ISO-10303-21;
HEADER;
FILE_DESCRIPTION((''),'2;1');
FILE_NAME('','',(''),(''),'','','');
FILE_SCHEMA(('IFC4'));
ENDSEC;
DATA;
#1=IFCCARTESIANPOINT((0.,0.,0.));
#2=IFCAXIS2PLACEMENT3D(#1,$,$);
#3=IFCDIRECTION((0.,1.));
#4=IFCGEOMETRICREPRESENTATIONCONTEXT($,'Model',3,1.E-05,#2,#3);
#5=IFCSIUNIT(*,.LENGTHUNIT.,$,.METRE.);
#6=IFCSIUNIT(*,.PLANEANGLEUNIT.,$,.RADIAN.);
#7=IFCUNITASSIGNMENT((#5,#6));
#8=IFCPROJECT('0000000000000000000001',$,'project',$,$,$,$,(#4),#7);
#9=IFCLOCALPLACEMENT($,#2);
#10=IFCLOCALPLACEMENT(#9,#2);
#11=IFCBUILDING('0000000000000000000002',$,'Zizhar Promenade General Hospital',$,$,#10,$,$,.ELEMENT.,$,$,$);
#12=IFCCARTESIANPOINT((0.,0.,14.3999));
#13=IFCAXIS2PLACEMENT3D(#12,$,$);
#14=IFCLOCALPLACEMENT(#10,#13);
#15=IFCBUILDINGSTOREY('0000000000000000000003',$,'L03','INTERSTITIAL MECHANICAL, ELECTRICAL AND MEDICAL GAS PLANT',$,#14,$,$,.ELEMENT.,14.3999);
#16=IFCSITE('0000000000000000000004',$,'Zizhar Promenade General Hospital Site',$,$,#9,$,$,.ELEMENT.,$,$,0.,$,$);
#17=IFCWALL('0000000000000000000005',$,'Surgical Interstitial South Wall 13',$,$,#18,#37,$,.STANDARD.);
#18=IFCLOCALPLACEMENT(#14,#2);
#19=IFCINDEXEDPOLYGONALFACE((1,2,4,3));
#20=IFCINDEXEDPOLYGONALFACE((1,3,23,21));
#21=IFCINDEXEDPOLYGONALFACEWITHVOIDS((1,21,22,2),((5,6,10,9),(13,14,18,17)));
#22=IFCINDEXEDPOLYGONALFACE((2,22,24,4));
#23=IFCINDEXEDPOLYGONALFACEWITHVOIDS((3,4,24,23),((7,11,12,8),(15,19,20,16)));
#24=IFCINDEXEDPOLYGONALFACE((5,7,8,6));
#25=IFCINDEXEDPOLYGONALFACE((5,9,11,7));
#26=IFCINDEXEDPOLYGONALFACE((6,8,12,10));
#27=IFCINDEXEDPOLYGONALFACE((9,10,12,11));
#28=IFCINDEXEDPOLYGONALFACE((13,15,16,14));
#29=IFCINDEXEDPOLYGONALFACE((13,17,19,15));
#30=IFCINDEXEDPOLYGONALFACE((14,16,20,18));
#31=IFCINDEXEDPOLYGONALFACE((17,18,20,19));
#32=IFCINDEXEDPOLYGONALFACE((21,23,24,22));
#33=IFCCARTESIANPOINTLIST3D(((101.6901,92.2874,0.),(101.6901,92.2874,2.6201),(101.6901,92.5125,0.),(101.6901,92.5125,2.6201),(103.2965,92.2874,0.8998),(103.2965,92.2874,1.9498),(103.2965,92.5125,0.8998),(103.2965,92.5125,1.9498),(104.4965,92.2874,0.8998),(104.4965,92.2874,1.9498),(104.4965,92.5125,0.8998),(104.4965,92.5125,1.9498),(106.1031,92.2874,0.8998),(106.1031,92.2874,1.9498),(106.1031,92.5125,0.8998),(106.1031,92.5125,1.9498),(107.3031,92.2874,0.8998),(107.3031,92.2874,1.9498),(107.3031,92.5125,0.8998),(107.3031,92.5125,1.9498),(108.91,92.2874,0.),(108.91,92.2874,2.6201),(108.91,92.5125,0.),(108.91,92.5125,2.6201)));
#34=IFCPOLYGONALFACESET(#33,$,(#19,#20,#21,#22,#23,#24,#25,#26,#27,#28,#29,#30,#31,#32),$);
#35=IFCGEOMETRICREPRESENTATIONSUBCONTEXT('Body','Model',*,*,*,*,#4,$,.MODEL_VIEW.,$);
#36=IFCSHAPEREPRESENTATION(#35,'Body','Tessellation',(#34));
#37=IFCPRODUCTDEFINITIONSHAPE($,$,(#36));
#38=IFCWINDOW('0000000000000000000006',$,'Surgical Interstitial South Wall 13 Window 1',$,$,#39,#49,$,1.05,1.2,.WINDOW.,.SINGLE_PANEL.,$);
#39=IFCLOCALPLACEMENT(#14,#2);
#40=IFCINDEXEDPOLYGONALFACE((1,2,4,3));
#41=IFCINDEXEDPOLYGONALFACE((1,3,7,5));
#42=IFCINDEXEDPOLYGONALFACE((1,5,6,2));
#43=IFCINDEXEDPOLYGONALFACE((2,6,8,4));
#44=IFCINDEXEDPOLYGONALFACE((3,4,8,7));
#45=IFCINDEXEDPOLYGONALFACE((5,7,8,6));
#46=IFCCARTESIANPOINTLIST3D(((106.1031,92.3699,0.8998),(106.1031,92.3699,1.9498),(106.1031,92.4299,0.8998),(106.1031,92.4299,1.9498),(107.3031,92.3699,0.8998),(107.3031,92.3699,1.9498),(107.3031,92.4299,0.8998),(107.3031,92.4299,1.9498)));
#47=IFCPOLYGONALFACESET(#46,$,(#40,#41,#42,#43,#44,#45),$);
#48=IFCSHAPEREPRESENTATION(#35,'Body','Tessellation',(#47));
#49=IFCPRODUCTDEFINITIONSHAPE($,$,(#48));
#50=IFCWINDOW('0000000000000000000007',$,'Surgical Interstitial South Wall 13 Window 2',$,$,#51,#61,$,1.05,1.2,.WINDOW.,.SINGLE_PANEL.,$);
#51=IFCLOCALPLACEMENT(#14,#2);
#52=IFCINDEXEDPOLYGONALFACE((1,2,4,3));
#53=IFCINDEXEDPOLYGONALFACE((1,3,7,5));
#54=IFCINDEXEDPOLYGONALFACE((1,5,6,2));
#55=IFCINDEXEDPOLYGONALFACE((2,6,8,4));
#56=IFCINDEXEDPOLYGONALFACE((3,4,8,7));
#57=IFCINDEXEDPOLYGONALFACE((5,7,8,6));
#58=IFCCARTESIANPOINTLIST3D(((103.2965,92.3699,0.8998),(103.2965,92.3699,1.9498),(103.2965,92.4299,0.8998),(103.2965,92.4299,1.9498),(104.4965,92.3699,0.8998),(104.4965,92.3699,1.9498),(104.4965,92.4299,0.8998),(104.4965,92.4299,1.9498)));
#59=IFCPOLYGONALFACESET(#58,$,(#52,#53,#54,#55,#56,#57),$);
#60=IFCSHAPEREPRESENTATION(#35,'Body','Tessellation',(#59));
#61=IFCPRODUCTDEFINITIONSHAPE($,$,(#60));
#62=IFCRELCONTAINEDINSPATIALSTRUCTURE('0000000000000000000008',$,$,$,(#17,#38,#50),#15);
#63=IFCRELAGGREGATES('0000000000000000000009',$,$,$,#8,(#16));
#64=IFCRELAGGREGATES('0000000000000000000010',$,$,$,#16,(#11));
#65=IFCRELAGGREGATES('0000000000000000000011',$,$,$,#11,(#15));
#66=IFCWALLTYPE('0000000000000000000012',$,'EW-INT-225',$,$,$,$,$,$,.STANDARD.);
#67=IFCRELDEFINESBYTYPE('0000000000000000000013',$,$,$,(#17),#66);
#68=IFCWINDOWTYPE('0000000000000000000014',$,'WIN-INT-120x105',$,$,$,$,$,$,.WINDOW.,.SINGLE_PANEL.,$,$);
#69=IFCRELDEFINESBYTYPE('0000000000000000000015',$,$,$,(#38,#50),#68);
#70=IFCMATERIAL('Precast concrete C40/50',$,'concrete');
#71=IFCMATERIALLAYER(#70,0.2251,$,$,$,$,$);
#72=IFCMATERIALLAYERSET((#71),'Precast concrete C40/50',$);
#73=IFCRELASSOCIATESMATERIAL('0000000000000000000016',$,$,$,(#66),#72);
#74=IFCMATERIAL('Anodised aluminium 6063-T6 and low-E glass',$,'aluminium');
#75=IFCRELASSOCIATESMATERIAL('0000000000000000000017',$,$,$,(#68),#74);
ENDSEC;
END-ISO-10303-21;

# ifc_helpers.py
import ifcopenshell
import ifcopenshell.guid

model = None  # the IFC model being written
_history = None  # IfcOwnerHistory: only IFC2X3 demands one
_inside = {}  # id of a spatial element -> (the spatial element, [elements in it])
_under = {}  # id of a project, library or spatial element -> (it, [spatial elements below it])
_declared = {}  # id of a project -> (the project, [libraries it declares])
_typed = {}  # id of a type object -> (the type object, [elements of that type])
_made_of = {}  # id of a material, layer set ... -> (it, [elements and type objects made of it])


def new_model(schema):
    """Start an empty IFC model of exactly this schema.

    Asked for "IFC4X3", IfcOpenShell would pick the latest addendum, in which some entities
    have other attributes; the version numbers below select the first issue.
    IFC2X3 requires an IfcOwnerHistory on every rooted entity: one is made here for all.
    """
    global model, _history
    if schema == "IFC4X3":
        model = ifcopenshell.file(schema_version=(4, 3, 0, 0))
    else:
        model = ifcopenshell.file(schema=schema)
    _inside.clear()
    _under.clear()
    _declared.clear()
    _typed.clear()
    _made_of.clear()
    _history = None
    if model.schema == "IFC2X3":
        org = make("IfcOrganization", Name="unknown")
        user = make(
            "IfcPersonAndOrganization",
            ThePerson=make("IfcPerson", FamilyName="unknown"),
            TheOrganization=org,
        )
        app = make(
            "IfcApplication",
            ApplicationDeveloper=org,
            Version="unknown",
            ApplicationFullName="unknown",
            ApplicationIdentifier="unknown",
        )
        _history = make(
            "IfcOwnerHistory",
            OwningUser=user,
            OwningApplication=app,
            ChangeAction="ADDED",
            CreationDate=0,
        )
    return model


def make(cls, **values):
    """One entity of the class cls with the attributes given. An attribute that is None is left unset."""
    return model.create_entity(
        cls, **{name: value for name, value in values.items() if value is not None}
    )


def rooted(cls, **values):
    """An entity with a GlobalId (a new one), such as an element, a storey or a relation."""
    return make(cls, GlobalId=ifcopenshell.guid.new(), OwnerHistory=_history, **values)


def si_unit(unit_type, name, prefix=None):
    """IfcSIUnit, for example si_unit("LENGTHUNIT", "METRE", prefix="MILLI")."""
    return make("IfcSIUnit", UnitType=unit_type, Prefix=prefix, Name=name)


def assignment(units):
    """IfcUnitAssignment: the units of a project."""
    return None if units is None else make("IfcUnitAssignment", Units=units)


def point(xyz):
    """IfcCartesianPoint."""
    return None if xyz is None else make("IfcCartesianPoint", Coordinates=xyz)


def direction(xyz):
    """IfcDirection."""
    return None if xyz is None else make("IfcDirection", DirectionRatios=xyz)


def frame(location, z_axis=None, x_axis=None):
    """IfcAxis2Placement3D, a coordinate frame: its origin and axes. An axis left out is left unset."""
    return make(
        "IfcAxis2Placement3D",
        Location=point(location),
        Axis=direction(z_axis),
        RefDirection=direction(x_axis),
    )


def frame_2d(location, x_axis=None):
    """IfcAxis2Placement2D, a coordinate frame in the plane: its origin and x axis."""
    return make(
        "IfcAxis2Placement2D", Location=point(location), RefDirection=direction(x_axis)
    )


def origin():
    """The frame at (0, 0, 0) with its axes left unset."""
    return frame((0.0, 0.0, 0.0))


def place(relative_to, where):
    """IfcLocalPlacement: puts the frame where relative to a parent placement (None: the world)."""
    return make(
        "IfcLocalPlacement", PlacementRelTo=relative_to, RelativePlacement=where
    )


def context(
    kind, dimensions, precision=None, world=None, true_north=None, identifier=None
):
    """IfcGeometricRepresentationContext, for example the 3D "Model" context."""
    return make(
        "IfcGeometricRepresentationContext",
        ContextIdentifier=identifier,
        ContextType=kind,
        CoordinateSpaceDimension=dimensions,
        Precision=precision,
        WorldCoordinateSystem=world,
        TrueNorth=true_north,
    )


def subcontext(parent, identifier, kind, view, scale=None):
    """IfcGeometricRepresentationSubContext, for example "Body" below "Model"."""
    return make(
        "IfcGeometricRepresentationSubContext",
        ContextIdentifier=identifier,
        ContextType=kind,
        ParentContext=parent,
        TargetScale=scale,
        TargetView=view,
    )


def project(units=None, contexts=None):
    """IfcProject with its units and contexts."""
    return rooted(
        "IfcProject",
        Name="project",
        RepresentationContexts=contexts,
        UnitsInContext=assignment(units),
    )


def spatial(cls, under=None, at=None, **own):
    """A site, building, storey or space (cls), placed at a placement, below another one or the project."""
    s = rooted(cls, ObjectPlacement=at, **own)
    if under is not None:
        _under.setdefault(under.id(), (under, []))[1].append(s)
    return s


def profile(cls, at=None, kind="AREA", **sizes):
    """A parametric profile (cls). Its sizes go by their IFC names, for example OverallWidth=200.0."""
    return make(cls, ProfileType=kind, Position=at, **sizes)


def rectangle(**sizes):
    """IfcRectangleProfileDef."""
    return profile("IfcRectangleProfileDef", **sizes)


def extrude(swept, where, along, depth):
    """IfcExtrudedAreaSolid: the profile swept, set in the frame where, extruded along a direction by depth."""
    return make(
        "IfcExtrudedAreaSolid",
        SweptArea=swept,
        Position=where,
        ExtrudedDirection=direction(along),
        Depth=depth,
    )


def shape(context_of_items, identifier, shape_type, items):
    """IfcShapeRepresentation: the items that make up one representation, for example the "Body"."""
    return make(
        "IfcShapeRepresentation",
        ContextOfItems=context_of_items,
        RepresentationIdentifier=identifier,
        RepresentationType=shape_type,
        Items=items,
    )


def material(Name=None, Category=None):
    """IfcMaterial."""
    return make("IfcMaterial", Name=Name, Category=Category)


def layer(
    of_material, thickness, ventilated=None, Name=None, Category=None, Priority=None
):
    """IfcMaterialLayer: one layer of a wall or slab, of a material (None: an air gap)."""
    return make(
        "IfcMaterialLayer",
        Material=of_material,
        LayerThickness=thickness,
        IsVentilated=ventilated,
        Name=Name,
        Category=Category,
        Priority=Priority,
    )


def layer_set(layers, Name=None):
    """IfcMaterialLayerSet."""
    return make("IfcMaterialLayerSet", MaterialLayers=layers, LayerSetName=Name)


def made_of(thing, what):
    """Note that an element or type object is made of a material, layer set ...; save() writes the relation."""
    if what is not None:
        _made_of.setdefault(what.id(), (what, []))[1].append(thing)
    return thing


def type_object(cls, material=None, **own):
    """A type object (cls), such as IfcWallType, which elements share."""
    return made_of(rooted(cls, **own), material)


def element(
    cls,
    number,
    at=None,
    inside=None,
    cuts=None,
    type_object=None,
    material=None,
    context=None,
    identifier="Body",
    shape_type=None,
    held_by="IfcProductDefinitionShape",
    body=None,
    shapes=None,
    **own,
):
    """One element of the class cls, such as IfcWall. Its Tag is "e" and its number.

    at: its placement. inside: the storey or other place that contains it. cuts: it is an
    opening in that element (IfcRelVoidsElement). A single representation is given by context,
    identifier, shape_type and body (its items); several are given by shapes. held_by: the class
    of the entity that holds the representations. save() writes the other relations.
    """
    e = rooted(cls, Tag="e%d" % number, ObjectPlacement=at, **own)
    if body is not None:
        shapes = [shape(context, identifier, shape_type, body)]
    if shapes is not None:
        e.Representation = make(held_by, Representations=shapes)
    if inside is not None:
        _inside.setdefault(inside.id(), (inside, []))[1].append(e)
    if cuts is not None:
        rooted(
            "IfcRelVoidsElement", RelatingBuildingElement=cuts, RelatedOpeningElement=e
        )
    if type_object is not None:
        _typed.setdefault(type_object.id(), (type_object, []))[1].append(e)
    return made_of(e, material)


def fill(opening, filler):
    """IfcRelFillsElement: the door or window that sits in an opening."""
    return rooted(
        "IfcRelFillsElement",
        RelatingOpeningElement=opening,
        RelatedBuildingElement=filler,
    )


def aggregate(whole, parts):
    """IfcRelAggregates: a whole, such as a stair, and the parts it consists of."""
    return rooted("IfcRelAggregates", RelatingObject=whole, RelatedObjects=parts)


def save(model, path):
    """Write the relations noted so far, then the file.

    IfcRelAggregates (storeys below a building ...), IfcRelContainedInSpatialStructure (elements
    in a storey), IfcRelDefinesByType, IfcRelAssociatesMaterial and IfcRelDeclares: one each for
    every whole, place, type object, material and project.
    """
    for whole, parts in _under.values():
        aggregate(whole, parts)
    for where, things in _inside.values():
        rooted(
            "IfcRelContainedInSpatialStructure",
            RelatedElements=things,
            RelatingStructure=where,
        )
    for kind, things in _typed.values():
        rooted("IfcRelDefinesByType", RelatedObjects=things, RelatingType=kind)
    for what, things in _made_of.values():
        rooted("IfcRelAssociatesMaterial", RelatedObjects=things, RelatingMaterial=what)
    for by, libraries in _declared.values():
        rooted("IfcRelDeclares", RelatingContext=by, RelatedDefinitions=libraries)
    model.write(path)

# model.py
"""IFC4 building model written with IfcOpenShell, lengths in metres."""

from ifc_helpers import new_model, si_unit, direction, frame, frame_2d, origin, place, context, subcontext, project, spatial, rectangle, extrude, material, layer, layer_set, type_object, element, fill, save


model = new_model("IFC4")

# Units and contexts
model_context = context("Model", 3, precision=1e-05, world=origin(), true_north=direction((0.0, 1.0)))
body_context = subcontext(model_context, "Body", "Model", "MODEL_VIEW")
ifc_project = project(units=[si_unit("LENGTHUNIT", "METRE"), si_unit("PLANEANGLEUNIT", "RADIAN")], contexts=[model_context])

# Site, building, storey
site_placement = place(None, origin())
site = spatial("IfcSite", under=ifc_project, at=site_placement, Name="Zizhar Promenade General Hospital Site", CompositionType="ELEMENT", RefElevation=0.0)
building_placement = place(site_placement, origin())
building = spatial("IfcBuilding", under=site, at=building_placement, Name="Zizhar Promenade General Hospital", CompositionType="ELEMENT")
storey_placement = place(building_placement, frame((0.0, 0.0, 14.3999)))
storey = spatial("IfcBuildingStorey", under=building, at=storey_placement, Name="L03", Description="INTERSTITIAL MECHANICAL, ELECTRICAL AND MEDICAL GAS PLANT", CompositionType="ELEMENT", Elevation=14.3999)

# Wall, openings, windows
ifc_material_1 = material(Name="Precast concrete C40/50", Category="concrete")
ifc_layer = layer(ifc_material_1, 0.2251)
ifc_layer_set = layer_set([ifc_layer], Name="Precast concrete C40/50")
wall_type = type_object("IfcWallType", Name="EW-INT-225", PredefinedType="STANDARD", material=ifc_layer_set)
ifc_material_2 = material(Name="Anodised aluminium 6063-T6 and low-E glass", Category="aluminium")
window_type = type_object("IfcWindowType", Name="WIN-INT-120x105", PartitioningType="SINGLE_PANEL", PredefinedType="WINDOW", material=ifc_material_2)
wall_1_placement = place(storey_placement, frame((108.9099, 92.3999, 0.0), z_axis=(0.0, 0.0, 1.0), x_axis=(-1.0, 0.0, 0.0)))
wall_1 = element("IfcWall", 1, at=wall_1_placement, inside=storey, type_object=wall_type, Name="Surgical Interstitial South Wall 13", PredefinedType="STANDARD", context=body_context, shape_type="SweptSolid", body=[
    extrude(rectangle(XDim=7.22, YDim=0.2251, at=frame_2d((3.6099, 0.0))), origin(), (0.0, 0.0, 1.0), 2.6201),
])
opening_1_placement = place(wall_1_placement, frame((1.6067, 0.0, 0.8999)))
opening_1 = element("IfcOpeningElement", 2, at=opening_1_placement, cuts=wall_1, PredefinedType="OPENING", context=body_context, shape_type="SweptSolid", body=[
    extrude(rectangle(XDim=1.2, YDim=1.05, at=frame_2d((0.6001, 0.5249))), frame((0.0, 0.1226, 0.0), z_axis=(0.0, -1.0, 0.0), x_axis=(1.0, 0.0, 0.0)), (0.0, 0.0, 1.0), 0.2451),
])
opening_2_placement = place(wall_1_placement, frame((4.4133, 0.0, 0.8999)))
opening_2 = element("IfcOpeningElement", 3, at=opening_2_placement, cuts=wall_1, PredefinedType="OPENING", context=body_context, shape_type="SweptSolid", body=[
    extrude(rectangle(XDim=1.2, YDim=1.05, at=frame_2d((0.6001, 0.5249))), frame((0.0, 0.1226, 0.0), z_axis=(0.0, -1.0, 0.0), x_axis=(1.0, 0.0, 0.0)), (0.0, 0.0, 1.0), 0.2451),
])
window_1_placement = place(opening_1_placement, origin())
window_1 = element("IfcWindow", 4, at=window_1_placement, inside=storey, type_object=window_type, Name="Surgical Interstitial South Wall 13 Window 1", OverallHeight=1.05, OverallWidth=1.2, PartitioningType="SINGLE_PANEL", PredefinedType="WINDOW", context=body_context, shape_type="SweptSolid", body=[
    extrude(rectangle(XDim=1.2, YDim=1.05, at=frame_2d((0.6001, 0.5249))), frame((0.0, 0.03, 0.0), z_axis=(0.0, -1.0, 0.0), x_axis=(1.0, 0.0, 0.0)), (0.0, 0.0, 1.0), 0.0601),
])
fill(opening_1, window_1)
window_2_placement = place(opening_2_placement, origin())
window_2 = element("IfcWindow", 5, at=window_2_placement, inside=storey, type_object=window_type, Name="Surgical Interstitial South Wall 13 Window 2", OverallHeight=1.05, OverallWidth=1.2, PartitioningType="SINGLE_PANEL", PredefinedType="WINDOW", context=body_context, shape_type="SweptSolid", body=[
    extrude(rectangle(XDim=1.2, YDim=1.05, at=frame_2d((0.6001, 0.5249))), frame((0.0, 0.03, 0.0), z_axis=(0.0, -1.0, 0.0), x_axis=(1.0, 0.0, 0.0)), (0.0, 0.0, 1.0), 0.0601),
])
fill(opening_2, window_2)

save(model, "model.ifc")
